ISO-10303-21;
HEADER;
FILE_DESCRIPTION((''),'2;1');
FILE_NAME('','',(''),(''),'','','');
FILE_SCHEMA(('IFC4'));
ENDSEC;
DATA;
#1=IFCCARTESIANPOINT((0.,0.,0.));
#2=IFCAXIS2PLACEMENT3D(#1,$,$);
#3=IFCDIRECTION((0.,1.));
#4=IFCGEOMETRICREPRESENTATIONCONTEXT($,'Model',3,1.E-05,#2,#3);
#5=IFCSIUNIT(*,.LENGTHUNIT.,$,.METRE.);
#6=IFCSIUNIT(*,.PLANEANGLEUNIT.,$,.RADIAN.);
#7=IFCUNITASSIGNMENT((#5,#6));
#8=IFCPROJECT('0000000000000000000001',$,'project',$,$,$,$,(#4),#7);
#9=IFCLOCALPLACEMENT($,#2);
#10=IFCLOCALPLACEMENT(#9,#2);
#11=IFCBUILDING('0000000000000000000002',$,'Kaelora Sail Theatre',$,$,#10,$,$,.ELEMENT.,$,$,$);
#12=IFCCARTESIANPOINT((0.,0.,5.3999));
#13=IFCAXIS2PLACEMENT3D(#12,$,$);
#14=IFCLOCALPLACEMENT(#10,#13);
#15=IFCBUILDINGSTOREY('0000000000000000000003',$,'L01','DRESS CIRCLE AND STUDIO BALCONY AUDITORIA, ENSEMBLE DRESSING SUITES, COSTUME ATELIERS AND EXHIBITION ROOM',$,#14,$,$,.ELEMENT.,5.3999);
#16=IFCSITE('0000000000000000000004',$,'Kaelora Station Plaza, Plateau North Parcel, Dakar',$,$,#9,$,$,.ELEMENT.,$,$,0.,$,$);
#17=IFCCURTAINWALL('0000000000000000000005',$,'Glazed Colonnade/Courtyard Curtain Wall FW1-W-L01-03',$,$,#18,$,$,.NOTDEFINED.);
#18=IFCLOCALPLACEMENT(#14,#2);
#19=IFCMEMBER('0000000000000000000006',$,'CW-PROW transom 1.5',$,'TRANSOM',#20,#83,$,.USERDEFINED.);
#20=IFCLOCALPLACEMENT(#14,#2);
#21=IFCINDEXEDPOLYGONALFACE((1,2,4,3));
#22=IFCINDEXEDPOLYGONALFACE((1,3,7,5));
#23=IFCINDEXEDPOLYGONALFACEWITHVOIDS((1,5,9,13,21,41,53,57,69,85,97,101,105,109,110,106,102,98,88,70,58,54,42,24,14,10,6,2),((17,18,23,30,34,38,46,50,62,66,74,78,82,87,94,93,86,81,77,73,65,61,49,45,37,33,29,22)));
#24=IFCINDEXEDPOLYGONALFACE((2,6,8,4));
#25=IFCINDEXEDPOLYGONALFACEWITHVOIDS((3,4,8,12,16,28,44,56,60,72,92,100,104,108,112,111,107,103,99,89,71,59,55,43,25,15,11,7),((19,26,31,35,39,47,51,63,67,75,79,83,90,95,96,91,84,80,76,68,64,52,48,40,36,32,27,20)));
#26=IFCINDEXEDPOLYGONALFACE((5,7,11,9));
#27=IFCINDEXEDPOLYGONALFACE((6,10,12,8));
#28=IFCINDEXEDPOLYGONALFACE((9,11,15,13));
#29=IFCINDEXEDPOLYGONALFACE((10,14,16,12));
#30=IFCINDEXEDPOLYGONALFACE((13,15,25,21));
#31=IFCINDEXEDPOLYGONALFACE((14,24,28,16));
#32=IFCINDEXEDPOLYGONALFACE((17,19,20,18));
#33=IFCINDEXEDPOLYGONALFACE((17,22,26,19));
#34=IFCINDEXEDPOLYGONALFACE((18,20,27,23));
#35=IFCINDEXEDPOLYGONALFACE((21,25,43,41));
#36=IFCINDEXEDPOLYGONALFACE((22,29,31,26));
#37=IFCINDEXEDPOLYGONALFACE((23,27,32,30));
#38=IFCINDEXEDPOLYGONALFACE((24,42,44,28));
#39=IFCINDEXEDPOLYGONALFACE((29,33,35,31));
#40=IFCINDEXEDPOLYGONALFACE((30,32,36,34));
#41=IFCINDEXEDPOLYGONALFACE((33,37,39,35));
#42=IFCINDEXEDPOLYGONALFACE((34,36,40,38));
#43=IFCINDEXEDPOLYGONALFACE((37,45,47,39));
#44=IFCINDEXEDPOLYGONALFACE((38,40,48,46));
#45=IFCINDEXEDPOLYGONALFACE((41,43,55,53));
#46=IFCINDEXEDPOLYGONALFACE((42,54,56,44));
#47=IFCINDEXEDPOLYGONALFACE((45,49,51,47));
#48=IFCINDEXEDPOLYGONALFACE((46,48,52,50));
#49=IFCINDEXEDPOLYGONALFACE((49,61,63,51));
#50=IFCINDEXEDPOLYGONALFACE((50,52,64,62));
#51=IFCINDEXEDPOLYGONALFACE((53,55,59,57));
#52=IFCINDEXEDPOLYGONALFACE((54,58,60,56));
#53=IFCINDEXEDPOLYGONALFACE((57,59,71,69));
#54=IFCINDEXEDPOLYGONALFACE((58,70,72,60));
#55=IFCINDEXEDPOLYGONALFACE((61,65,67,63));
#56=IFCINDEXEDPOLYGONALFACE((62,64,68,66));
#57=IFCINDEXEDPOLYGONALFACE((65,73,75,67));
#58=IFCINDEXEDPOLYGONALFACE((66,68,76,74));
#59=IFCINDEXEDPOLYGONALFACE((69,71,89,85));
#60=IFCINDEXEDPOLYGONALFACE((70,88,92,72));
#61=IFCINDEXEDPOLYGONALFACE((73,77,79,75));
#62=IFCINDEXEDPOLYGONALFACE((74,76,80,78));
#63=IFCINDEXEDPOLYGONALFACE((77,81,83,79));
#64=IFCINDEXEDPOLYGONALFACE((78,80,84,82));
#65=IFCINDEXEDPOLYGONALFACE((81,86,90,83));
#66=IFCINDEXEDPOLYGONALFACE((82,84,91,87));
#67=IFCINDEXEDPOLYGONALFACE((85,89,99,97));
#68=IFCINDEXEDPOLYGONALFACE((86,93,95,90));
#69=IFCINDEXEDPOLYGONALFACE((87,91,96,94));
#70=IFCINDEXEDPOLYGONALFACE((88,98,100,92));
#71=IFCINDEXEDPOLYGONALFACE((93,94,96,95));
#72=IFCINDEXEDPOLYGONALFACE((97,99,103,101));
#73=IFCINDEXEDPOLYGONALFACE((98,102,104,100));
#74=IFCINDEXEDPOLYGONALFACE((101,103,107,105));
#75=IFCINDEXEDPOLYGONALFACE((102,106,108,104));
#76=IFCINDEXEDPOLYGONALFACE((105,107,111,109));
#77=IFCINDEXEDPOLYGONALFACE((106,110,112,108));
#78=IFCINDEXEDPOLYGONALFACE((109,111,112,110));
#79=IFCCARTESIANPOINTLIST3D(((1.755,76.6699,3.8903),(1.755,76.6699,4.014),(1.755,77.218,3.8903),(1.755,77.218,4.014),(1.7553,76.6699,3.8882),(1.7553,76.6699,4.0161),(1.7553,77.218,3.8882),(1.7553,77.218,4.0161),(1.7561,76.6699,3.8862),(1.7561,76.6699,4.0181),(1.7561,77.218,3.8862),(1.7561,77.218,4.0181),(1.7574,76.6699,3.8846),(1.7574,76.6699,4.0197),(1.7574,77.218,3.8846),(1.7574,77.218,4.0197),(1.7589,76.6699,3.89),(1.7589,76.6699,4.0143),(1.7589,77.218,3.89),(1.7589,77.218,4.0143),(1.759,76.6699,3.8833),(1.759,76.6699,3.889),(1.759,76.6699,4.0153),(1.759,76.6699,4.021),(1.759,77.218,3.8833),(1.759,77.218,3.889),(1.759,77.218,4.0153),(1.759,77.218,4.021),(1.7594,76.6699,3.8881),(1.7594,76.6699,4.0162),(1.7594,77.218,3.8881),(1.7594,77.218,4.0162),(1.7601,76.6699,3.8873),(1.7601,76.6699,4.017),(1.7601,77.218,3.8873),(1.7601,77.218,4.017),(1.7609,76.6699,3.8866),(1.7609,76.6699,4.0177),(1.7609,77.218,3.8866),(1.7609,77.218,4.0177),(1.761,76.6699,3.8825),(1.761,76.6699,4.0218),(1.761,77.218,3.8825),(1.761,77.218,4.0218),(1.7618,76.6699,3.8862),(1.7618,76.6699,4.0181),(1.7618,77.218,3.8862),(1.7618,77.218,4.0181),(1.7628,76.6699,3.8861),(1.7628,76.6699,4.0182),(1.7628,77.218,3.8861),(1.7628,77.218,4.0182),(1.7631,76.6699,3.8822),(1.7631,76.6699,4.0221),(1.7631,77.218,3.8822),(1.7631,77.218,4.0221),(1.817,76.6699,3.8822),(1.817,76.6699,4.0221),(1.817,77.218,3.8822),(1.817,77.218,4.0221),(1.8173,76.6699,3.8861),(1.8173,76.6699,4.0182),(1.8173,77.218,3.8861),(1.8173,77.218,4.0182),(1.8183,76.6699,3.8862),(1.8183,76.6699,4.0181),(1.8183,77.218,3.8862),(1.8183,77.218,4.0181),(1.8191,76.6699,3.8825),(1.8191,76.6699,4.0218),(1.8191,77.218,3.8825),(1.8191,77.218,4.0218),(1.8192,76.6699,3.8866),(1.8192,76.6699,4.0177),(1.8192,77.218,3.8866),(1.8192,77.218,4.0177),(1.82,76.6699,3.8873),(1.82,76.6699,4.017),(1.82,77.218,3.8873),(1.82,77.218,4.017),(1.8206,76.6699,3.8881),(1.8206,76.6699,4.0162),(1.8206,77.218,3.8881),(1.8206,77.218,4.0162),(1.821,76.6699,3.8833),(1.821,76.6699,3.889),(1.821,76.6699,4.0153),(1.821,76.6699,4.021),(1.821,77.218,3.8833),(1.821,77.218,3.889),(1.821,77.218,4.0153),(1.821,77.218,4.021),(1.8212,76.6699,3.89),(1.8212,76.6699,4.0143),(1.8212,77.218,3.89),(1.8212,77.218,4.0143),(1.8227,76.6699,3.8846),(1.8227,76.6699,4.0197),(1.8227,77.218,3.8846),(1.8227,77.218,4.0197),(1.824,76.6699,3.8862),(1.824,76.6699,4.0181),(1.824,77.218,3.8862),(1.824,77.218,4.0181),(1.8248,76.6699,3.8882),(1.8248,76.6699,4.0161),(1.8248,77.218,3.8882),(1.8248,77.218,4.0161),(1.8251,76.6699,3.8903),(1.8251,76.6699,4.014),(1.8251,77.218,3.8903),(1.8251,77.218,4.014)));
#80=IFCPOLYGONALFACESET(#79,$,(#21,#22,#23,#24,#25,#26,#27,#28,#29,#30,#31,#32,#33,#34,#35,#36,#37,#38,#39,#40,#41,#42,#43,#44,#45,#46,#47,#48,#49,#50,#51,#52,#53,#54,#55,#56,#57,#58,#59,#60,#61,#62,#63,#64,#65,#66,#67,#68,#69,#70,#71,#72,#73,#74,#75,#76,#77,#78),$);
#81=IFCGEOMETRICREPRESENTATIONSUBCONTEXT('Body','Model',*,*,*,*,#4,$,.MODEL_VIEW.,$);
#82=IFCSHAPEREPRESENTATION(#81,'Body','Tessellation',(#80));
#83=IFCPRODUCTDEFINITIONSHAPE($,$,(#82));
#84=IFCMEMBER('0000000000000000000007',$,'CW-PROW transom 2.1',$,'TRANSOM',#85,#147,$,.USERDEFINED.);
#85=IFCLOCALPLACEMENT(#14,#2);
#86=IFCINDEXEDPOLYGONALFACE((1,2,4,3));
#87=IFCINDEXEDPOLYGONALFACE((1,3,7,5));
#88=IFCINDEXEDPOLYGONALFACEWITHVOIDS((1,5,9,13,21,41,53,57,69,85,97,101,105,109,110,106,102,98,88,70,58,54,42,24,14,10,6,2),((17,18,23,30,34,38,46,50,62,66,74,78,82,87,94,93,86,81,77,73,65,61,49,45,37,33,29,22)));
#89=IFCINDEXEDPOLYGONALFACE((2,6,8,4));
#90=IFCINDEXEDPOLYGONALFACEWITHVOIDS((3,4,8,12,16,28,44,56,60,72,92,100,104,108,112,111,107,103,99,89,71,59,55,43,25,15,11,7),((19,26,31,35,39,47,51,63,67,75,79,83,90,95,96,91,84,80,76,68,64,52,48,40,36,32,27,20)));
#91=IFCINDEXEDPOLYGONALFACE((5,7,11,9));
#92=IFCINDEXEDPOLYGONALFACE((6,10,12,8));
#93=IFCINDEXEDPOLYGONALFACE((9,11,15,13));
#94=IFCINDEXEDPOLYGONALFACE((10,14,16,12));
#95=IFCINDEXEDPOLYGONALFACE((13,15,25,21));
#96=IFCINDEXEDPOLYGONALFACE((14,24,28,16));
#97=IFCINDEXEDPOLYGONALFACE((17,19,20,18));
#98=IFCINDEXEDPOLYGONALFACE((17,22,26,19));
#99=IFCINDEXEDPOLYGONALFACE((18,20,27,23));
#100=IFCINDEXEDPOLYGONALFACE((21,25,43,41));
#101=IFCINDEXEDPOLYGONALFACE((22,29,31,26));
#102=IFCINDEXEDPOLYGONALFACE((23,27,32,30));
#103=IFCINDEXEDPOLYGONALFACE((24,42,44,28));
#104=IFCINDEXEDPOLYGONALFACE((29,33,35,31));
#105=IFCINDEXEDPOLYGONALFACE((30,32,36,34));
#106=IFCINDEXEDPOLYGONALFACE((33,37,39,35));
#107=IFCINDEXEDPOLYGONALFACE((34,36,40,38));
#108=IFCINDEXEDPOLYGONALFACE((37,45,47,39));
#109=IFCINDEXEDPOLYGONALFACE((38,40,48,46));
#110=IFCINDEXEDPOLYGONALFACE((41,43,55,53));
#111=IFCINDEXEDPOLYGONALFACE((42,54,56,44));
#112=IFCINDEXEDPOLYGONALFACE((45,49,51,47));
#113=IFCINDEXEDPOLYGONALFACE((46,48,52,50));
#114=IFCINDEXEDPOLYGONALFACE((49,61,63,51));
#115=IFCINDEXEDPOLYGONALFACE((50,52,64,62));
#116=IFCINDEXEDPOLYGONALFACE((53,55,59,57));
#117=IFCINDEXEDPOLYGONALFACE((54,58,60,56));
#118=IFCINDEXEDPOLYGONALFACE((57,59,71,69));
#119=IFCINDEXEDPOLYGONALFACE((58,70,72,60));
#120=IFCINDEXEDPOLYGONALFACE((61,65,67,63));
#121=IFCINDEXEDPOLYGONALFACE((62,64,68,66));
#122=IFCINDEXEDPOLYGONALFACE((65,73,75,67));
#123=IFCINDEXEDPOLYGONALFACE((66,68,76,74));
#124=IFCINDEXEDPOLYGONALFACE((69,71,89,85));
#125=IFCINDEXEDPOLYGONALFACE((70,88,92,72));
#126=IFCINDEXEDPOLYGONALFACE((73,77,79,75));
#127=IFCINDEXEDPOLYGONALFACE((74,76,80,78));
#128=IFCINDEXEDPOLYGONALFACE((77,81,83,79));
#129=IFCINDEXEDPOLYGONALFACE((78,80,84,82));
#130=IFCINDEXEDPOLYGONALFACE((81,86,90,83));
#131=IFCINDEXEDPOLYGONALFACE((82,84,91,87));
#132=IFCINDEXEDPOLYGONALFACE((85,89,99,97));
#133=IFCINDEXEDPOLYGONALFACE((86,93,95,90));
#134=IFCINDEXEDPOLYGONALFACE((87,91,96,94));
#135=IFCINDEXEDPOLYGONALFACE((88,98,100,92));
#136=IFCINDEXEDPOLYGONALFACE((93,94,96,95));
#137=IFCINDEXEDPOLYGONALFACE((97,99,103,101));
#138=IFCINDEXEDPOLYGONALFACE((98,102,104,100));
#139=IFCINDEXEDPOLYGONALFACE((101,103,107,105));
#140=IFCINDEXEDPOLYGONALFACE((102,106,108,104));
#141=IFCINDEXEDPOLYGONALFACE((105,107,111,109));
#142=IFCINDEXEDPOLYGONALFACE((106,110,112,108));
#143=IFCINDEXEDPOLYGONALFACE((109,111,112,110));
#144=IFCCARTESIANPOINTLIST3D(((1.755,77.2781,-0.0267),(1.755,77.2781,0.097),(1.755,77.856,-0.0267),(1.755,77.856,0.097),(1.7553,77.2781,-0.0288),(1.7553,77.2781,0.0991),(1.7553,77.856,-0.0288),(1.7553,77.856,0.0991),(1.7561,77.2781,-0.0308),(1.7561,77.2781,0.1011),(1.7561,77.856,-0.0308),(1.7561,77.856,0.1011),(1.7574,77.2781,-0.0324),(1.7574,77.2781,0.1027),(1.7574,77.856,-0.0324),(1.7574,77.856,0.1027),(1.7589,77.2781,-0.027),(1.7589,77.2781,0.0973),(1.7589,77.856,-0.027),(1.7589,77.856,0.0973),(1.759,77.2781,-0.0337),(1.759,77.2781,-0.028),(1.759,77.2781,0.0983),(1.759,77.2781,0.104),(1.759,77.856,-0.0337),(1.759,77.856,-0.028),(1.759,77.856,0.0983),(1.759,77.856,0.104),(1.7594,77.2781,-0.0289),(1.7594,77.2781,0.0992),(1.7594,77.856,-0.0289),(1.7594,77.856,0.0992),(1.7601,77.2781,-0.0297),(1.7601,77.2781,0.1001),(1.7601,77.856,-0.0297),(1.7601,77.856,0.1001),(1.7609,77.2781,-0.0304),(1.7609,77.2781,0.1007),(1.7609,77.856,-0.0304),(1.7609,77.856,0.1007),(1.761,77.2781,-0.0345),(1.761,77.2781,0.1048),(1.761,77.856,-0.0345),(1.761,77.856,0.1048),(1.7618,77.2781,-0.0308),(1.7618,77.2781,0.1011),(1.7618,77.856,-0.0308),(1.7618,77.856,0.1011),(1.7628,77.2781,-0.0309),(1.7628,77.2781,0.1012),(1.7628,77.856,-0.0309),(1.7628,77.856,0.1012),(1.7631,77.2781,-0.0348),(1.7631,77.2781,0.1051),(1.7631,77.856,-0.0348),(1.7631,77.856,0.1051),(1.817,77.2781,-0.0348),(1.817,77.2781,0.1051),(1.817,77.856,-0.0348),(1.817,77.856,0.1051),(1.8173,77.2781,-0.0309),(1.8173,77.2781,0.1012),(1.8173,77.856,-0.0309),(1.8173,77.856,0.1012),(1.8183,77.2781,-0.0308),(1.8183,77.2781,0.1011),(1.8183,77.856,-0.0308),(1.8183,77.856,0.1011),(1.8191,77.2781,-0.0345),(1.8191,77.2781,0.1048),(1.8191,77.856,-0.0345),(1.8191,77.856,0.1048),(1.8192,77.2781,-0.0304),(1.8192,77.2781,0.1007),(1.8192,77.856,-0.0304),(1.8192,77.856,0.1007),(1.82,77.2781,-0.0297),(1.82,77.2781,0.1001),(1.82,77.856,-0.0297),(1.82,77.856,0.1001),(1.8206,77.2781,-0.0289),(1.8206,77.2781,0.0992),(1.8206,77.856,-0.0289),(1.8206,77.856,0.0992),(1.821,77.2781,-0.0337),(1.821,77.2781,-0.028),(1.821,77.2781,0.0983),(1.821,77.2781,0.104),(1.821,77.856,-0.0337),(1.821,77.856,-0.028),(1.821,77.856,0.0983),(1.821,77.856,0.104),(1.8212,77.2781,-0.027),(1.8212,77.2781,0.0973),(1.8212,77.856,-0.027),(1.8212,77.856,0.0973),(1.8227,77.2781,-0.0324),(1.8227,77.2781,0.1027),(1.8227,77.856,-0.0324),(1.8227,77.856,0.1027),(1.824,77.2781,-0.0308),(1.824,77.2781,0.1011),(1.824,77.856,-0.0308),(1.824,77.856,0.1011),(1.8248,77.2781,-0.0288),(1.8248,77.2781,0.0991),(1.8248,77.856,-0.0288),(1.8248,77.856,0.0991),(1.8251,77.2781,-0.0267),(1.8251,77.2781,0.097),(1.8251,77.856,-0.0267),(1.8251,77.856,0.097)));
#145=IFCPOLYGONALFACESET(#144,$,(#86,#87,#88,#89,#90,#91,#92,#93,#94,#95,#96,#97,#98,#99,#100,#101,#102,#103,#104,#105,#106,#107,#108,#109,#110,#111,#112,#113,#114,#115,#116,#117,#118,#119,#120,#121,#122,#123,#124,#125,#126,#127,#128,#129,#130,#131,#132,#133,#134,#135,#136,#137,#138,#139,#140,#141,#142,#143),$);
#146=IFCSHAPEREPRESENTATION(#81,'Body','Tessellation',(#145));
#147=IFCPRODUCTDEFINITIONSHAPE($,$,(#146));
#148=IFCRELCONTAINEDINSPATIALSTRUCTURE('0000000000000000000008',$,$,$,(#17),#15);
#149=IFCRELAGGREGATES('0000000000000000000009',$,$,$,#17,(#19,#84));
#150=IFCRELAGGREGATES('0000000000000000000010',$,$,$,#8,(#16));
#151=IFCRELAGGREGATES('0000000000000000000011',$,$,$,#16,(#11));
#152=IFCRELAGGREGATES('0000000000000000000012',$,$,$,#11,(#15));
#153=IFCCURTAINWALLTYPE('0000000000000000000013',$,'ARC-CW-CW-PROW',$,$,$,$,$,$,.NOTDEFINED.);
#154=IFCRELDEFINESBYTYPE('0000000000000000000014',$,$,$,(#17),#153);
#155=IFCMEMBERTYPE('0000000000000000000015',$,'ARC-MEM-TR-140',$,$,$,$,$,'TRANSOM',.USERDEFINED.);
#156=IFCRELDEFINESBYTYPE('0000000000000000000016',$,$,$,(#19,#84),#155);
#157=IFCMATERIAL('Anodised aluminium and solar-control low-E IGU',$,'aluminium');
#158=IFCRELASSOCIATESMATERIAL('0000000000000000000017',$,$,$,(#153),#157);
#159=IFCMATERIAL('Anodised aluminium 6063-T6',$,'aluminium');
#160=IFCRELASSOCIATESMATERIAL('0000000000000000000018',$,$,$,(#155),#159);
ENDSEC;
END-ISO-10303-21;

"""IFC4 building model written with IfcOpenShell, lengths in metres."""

from ifc_helpers import new_model, si_unit, direction, frame, origin, origin_2d, place, context, subcontext, project, spatial, hollow_rectangle, extrude, material, material_profile, profile_set, type_object, element, aggregate, save


model = new_model("IFC4")

# Units and contexts
model_context = context("Model", 3, precision=1e-05, world=origin(), true_north=direction((0.0, 1.0)))
body_context = subcontext(model_context, "Body", "Model", "MODEL_VIEW")
ifc_project = project(units=[si_unit("LENGTHUNIT", "METRE"), si_unit("PLANEANGLEUNIT", "RADIAN")], contexts=[model_context])

# Site, building, storey
site_placement = place(None, origin())
site = spatial("IfcSite", under=ifc_project, at=site_placement, Name="Kaelora Station Plaza, Plateau North Parcel, Dakar", CompositionType="ELEMENT", RefElevation=0.0)
building_placement = place(site_placement, origin())
building = spatial("IfcBuilding", under=site, at=building_placement, Name="Kaelora Sail Theatre", CompositionType="ELEMENT")
storey_placement = place(building_placement, frame((0.0, 0.0, 5.3999)))
storey = spatial("IfcBuildingStorey", under=building, at=storey_placement, Name="L01", Description="DRESS CIRCLE AND STUDIO BALCONY AUDITORIA, ENSEMBLE DRESSING SUITES, COSTUME ATELIERS AND EXHIBITION ROOM", CompositionType="ELEMENT", Elevation=5.3999)

# Shared definitions
ifc_material_1 = material(Name="Anodised aluminium and solar-control low-E IGU", Category="aluminium")
curtain_wall_type = type_object("IfcCurtainWallType", Name="ARC-CW-CW-PROW", PredefinedType="NOTDEFINED", material=ifc_material_1)

# Curtain wall, members
curtain_wall_1_placement = place(storey_placement, origin())
curtain_wall_1 = element("IfcCurtainWall", 1, at=curtain_wall_1_placement, inside=storey, type_object=curtain_wall_type, Name="Glazed Colonnade/Courtyard Curtain Wall FW1-W-L01-03", PredefinedType="NOTDEFINED")
ifc_material_2 = material(Name="Anodised aluminium 6063-T6", Category="aluminium")
ifc_material_profile_1 = material_profile(ifc_material_2, hollow_rectangle(XDim=0.0701, YDim=0.1399, WallThickness=0.0039, InnerFilletRadius=0.0039, OuterFilletRadius=0.0081, at=origin_2d()), Name="ALU-TRAN 70x140x4")
ifc_profile_set_1 = profile_set([ifc_material_profile_1], Name="Anodised aluminium 6063-T6")
member_type_1 = type_object("IfcMemberType", Name="ARC-MEM-TR-140", ElementType="TRANSOM", PredefinedType="USERDEFINED", material=ifc_profile_set_1)
member_1_placement = place(storey_placement, frame((1.79, 76.6699, 3.9521), z_axis=(0.0, 1.0, 0.0), x_axis=(-1.0, 0.0, 0.0)))
member_1 = element("IfcMember", 2, at=member_1_placement, type_object=member_type_1, Name="CW-PROW transom 1.5", ObjectType="TRANSOM", PredefinedType="USERDEFINED", context=body_context, shape_type="SweptSolid", body=[
    extrude(hollow_rectangle(XDim=0.0701, YDim=0.1399, WallThickness=0.0039, InnerFilletRadius=0.0039, OuterFilletRadius=0.0081, at=origin_2d()), origin(), (0.0, 0.0, 1.0), 0.5481),
])
member_2_placement = place(storey_placement, frame((1.79, 77.2781, 0.0352), z_axis=(0.0, 1.0, 0.0), x_axis=(-1.0, 0.0, 0.0)))
member_2 = element("IfcMember", 3, at=member_2_placement, type_object=member_type_1, Name="CW-PROW transom 2.1", ObjectType="TRANSOM", PredefinedType="USERDEFINED", context=body_context, shape_type="SweptSolid", body=[
    extrude(hollow_rectangle(XDim=0.0701, YDim=0.1399, WallThickness=0.0039, InnerFilletRadius=0.0039, OuterFilletRadius=0.0081, at=origin_2d()), origin(), (0.0, 0.0, 1.0), 0.5779),
])

aggregate(curtain_wall_1, [member_1, member_2])

save(model, "model.ifc")
